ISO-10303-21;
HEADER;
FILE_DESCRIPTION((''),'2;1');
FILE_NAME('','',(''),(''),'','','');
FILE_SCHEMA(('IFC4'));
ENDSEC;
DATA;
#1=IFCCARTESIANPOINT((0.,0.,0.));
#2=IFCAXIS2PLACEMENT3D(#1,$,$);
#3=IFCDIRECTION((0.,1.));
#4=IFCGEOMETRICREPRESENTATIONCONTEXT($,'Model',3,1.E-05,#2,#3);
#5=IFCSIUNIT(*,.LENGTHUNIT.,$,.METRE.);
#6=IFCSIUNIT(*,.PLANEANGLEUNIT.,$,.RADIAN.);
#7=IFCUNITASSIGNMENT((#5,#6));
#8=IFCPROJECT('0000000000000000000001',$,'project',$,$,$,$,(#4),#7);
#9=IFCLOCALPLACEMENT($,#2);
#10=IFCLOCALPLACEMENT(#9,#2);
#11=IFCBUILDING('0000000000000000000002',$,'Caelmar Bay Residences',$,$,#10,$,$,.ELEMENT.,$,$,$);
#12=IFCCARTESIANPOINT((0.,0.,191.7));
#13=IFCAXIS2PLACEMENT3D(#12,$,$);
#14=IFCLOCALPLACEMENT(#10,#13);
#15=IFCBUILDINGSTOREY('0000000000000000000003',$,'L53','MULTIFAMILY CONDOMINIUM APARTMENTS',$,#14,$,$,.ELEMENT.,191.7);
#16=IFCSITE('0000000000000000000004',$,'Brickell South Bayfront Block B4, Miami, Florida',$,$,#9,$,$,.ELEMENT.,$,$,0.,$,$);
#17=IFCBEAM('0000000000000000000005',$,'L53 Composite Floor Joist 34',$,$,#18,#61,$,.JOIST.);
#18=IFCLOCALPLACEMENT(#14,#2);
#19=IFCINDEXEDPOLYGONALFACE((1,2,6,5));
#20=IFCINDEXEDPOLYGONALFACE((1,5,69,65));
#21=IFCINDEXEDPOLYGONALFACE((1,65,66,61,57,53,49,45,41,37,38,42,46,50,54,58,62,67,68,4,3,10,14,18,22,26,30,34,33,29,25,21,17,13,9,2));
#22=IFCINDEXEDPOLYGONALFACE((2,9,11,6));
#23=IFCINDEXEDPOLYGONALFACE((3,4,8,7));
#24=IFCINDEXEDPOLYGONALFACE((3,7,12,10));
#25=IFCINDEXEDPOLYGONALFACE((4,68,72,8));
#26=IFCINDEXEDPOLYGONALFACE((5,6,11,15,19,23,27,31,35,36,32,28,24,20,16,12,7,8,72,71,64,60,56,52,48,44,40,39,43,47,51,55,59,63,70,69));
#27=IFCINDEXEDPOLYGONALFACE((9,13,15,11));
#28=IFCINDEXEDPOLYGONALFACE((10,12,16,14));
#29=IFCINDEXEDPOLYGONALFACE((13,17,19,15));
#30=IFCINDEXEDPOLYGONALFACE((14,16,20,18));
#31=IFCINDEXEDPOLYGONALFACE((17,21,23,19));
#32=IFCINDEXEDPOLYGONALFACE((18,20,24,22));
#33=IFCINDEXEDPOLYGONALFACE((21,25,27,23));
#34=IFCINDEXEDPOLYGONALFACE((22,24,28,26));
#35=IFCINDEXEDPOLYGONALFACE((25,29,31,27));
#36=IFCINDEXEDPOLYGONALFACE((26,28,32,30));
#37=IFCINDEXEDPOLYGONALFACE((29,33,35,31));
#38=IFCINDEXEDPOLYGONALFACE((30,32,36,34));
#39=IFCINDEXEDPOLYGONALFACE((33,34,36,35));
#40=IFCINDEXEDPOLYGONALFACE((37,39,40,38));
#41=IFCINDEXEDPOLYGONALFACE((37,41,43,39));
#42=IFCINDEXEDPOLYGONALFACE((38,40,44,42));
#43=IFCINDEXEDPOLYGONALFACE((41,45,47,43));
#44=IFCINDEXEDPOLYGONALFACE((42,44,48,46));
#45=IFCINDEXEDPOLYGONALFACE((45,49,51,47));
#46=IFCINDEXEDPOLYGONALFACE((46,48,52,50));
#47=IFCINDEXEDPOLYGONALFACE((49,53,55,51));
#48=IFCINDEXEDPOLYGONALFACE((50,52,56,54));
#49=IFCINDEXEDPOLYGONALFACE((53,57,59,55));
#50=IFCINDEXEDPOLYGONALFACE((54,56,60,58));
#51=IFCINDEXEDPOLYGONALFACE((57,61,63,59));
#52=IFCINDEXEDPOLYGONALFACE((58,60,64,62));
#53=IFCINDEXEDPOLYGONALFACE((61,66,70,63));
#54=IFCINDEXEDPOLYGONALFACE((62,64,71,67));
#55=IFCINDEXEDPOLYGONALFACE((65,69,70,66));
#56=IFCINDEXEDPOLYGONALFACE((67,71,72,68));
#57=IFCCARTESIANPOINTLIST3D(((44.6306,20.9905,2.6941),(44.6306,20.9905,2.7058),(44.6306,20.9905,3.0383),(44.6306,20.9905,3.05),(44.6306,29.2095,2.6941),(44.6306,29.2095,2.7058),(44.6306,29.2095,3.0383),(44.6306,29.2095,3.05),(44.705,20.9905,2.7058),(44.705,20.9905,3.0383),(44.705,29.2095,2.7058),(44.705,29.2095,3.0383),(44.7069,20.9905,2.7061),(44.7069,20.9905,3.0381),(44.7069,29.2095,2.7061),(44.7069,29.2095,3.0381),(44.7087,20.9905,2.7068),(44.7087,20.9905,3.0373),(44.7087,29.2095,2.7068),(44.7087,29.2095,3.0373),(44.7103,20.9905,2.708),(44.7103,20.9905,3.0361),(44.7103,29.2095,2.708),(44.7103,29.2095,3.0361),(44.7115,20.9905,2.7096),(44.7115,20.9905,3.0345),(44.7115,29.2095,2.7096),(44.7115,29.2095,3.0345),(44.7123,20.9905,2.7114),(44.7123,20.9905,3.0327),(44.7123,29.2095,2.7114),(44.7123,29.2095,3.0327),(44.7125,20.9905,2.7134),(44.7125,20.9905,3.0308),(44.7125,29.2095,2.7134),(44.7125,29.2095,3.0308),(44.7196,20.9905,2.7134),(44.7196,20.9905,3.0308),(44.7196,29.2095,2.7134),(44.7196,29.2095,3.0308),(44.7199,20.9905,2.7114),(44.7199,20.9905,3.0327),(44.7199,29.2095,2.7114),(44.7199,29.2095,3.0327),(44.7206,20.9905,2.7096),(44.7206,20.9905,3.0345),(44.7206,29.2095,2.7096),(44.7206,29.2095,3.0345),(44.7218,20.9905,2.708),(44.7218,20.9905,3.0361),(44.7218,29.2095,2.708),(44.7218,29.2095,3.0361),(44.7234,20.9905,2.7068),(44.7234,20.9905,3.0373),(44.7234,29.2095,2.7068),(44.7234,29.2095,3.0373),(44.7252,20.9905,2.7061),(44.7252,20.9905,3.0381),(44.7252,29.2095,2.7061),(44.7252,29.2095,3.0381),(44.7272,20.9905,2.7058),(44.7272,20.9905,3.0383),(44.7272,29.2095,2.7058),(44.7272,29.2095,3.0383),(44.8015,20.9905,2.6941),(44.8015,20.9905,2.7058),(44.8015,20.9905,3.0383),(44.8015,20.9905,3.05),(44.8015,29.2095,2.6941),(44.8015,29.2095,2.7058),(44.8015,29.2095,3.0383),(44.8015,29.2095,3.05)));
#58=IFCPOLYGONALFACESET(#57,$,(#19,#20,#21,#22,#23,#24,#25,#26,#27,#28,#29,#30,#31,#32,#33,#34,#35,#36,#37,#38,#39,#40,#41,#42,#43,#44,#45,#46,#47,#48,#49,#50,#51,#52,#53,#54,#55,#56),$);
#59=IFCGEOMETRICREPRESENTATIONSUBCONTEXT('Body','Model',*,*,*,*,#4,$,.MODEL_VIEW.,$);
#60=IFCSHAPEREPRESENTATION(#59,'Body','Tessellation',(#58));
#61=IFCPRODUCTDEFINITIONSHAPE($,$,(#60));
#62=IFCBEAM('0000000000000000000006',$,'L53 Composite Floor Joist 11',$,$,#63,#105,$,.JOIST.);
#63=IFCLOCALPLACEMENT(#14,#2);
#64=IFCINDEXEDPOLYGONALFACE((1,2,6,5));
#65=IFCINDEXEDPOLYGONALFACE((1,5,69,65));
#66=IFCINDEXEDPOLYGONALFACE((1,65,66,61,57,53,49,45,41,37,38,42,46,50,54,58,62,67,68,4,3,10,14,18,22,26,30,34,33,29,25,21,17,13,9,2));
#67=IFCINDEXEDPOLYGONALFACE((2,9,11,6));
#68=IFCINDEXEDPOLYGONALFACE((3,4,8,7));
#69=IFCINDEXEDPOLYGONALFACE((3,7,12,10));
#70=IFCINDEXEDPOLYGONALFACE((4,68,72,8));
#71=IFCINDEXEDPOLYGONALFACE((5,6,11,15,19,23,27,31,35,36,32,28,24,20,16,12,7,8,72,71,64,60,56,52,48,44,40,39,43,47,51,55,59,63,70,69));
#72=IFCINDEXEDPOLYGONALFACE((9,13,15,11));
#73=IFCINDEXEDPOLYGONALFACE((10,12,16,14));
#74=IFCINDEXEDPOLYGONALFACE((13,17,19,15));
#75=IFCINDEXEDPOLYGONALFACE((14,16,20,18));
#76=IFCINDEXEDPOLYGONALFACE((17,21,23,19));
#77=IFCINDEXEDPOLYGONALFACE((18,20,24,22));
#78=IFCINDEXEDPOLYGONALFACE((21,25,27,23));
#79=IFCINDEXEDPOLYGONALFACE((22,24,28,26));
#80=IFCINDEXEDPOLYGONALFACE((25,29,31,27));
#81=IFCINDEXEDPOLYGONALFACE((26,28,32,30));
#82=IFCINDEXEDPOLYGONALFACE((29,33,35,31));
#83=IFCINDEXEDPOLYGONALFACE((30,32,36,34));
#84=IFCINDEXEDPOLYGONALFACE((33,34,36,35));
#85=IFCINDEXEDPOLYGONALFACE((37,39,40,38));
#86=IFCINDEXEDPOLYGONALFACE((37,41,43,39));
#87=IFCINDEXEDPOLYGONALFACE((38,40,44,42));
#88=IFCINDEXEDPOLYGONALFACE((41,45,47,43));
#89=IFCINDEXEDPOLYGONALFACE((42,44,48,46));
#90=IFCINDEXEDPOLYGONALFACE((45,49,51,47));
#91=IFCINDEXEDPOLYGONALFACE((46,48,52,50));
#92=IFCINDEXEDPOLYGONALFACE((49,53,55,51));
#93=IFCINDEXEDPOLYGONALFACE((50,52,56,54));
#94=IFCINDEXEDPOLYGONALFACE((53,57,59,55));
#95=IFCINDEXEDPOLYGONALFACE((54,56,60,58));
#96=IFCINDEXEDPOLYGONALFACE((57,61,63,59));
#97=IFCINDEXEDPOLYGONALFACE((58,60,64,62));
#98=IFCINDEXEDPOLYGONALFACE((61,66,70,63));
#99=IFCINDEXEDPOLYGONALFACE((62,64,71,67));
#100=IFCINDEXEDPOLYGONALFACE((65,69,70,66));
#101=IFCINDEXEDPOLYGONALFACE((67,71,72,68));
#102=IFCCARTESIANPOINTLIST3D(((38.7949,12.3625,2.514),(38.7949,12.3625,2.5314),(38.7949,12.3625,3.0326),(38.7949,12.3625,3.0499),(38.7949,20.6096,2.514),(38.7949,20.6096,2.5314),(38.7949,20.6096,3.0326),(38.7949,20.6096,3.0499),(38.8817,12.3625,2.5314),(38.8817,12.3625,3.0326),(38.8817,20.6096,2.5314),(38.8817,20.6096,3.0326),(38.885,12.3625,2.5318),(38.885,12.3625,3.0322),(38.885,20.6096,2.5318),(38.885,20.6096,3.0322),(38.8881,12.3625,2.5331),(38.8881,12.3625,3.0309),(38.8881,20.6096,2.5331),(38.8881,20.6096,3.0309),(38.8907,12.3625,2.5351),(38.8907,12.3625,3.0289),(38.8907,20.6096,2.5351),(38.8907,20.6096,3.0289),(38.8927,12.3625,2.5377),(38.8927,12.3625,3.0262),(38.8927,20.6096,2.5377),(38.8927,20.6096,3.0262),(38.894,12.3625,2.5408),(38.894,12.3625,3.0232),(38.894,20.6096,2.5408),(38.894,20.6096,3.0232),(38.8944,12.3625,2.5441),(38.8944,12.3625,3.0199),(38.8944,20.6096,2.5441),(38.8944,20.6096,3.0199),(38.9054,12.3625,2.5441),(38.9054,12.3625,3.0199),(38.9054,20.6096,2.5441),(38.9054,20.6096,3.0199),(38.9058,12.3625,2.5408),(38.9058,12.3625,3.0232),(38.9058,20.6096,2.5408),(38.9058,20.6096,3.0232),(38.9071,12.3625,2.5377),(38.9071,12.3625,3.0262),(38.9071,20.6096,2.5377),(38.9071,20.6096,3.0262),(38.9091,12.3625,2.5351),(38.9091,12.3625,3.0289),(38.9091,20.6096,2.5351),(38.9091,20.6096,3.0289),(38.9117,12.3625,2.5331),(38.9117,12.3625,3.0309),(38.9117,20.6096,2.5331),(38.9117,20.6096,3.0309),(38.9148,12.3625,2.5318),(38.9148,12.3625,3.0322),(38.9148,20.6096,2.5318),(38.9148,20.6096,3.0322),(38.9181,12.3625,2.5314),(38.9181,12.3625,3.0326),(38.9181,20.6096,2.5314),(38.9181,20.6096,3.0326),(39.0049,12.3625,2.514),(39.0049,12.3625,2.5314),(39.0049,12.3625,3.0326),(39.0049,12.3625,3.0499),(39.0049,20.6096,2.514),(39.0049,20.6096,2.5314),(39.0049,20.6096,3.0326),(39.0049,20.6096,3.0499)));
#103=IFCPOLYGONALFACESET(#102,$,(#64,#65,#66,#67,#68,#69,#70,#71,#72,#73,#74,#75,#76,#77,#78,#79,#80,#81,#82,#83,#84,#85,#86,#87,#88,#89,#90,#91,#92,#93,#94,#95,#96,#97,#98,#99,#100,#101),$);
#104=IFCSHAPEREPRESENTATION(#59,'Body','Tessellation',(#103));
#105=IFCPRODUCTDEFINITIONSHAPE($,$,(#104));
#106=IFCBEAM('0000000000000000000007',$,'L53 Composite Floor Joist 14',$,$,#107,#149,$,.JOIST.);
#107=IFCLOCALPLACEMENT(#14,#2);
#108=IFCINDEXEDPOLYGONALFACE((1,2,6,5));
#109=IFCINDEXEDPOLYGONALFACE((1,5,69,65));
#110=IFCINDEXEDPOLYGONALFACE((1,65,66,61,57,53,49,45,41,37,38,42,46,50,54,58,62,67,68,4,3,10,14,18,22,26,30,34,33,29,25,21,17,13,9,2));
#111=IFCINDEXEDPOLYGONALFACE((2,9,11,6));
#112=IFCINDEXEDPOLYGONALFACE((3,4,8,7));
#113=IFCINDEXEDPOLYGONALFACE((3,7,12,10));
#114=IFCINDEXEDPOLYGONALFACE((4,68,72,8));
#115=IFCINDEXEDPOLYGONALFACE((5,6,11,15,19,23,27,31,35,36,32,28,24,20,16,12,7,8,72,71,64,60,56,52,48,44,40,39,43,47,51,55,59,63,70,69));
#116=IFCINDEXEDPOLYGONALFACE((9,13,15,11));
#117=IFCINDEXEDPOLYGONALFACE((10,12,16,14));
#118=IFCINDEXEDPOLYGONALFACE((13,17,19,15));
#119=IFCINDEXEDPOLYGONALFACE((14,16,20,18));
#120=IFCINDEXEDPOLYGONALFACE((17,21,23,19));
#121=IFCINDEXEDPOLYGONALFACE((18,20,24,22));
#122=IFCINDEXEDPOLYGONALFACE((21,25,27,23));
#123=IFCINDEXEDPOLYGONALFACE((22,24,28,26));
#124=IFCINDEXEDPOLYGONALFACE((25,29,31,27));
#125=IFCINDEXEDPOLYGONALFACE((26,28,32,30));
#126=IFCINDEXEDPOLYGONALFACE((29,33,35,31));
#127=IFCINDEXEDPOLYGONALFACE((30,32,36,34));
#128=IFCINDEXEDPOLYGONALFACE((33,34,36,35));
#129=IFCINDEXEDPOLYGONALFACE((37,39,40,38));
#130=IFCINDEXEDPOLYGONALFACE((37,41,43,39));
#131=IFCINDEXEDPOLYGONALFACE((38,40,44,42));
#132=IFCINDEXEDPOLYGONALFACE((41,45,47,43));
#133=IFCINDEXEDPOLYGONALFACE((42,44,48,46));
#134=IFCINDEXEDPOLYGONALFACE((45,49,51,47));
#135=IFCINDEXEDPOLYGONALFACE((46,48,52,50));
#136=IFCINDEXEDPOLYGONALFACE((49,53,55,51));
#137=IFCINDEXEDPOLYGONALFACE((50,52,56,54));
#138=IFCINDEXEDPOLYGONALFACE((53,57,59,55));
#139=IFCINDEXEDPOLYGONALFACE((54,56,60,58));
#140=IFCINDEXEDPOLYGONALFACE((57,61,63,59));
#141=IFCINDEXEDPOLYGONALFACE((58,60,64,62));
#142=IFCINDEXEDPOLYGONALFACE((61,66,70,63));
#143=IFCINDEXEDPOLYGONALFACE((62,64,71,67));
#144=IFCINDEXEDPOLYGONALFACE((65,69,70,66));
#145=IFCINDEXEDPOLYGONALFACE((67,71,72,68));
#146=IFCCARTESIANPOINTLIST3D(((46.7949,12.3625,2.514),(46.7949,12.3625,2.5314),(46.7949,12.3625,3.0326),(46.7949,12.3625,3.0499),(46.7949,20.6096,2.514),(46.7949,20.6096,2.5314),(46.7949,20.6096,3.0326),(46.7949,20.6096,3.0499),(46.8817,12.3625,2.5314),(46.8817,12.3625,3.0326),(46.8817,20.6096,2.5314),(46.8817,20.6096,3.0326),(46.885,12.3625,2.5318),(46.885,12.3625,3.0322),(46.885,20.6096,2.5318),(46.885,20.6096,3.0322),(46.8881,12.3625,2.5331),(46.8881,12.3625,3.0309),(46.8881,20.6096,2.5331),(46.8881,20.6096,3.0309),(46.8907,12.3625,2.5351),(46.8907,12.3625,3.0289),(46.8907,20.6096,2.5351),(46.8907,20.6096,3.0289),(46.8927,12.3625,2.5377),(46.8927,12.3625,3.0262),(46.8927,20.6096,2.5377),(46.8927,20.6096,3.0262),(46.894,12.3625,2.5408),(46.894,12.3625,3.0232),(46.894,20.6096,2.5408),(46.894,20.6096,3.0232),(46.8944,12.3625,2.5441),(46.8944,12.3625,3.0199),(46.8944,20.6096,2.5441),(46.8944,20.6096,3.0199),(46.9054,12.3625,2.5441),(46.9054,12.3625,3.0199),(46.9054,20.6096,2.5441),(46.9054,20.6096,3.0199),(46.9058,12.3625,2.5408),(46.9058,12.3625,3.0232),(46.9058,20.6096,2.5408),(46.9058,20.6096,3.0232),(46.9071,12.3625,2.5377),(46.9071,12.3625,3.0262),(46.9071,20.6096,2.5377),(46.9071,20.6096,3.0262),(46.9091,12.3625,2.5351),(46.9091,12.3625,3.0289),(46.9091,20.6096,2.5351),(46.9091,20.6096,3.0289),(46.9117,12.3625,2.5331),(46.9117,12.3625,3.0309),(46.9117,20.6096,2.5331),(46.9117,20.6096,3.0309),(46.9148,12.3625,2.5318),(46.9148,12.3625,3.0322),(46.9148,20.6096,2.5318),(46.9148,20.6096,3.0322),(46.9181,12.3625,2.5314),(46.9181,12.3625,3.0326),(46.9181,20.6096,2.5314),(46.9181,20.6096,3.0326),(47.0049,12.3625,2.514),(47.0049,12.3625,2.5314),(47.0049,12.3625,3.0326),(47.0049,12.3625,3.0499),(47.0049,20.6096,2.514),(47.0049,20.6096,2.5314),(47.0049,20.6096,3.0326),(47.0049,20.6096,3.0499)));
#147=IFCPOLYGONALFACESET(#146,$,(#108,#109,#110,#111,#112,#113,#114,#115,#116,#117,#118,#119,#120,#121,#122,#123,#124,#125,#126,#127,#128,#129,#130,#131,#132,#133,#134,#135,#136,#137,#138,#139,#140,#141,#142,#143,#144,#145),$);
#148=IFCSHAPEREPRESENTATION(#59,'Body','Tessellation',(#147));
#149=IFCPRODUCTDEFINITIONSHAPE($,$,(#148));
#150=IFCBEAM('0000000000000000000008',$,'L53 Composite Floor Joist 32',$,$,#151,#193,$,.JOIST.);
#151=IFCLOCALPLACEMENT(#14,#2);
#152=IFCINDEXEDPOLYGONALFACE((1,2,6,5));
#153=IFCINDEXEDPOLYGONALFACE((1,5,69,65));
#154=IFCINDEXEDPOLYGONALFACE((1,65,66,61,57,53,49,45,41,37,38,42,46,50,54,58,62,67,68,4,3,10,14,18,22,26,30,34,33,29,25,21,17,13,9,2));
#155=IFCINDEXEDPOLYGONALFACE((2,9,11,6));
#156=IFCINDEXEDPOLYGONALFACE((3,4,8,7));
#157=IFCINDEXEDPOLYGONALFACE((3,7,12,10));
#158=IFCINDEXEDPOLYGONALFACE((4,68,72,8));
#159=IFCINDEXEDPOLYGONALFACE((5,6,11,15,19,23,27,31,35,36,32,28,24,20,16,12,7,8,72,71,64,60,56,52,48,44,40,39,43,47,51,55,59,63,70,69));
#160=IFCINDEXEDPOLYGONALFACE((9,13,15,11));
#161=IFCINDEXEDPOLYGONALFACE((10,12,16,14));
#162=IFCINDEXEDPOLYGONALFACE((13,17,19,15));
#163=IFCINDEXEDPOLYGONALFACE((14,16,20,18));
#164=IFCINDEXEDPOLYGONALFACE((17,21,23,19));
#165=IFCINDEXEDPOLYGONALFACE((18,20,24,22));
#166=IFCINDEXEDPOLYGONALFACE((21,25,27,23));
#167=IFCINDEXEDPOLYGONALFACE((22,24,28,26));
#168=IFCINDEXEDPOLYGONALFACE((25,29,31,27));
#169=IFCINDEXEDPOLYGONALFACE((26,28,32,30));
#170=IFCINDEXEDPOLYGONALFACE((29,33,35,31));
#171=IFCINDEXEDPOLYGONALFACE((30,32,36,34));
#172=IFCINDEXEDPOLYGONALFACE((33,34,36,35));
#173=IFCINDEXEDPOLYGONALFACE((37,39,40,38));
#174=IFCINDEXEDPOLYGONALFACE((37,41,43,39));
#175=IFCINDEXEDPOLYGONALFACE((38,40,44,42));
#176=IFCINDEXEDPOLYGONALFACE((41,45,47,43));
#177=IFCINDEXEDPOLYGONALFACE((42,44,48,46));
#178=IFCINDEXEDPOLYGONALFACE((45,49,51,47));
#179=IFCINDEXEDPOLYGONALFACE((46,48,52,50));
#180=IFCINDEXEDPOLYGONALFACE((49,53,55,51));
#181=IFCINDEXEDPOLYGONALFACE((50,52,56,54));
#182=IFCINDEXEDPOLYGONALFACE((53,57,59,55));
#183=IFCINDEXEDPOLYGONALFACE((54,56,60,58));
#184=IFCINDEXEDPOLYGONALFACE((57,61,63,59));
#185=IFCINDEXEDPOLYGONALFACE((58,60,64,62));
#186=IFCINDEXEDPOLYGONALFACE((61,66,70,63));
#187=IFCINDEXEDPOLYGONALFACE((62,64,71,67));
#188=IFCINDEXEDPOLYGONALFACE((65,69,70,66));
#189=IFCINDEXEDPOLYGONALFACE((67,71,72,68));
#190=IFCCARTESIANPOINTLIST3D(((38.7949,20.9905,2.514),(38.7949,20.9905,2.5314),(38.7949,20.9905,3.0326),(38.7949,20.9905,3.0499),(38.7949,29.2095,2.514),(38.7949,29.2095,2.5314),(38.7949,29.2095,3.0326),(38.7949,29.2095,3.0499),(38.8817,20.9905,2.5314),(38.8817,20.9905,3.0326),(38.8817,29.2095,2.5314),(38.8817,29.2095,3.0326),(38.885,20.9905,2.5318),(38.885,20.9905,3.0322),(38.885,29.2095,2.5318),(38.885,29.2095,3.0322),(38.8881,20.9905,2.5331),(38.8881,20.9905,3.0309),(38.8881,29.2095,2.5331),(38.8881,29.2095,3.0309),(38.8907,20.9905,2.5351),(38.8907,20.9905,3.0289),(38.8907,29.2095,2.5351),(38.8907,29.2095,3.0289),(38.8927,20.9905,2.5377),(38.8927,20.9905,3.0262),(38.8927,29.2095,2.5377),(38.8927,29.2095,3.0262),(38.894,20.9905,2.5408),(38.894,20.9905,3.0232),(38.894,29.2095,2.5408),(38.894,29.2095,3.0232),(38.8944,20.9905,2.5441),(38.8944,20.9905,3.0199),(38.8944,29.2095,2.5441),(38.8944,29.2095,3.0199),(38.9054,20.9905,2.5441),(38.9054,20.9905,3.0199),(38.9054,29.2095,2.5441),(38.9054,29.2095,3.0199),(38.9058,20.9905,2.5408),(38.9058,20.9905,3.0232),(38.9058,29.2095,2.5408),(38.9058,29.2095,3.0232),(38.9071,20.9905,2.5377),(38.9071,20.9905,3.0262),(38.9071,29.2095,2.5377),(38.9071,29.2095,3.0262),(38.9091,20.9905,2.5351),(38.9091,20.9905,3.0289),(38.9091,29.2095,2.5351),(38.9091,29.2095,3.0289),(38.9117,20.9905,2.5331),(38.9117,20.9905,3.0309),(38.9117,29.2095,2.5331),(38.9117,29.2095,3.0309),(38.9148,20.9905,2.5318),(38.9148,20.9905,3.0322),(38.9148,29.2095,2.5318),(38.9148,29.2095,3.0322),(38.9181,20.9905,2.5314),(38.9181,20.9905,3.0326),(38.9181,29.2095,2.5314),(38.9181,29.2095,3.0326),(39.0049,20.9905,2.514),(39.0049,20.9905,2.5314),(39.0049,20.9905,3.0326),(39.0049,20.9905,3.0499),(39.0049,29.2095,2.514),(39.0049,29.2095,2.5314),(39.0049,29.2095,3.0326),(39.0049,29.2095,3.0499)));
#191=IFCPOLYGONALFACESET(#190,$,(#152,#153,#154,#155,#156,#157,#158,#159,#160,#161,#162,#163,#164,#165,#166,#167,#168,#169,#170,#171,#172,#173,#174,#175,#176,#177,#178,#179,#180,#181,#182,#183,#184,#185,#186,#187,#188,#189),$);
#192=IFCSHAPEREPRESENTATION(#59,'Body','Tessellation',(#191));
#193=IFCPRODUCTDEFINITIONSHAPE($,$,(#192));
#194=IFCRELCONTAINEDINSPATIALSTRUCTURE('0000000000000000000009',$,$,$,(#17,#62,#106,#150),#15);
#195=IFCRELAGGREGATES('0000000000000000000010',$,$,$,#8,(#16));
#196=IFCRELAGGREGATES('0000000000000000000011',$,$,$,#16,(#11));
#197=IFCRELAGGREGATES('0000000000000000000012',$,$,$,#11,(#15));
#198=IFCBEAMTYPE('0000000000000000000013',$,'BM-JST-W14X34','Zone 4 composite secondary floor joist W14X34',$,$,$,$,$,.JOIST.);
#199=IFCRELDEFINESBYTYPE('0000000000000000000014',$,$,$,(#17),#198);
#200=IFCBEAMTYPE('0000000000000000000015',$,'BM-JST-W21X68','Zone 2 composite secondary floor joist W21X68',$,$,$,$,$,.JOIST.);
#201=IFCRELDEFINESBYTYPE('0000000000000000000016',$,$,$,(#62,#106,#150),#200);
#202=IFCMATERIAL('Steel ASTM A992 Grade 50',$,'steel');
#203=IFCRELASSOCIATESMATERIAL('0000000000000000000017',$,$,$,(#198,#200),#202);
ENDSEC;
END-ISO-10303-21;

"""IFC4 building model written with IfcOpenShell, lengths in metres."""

from ifc_helpers import new_model, si_unit, direction, frame, origin, origin_2d, place, context, subcontext, project, spatial, i_section, extrude, material, material_profile, profile_set, type_object, element, save


model = new_model("IFC4")

# Units and contexts
model_context = context("Model", 3, precision=1e-05, world=origin(), true_north=direction((0.0, 1.0)))
body_context = subcontext(model_context, "Body", "Model", "MODEL_VIEW")
ifc_project = project(units=[si_unit("LENGTHUNIT", "METRE"), si_unit("PLANEANGLEUNIT", "RADIAN")], contexts=[model_context])

# Site, building, storey
site_placement = place(None, origin())
site = spatial("IfcSite", under=ifc_project, at=site_placement, Name="Brickell South Bayfront Block B4, Miami, Florida", CompositionType="ELEMENT", RefElevation=0.0)
building_placement = place(site_placement, origin())
building = spatial("IfcBuilding", under=site, at=building_placement, Name="Caelmar Bay Residences", CompositionType="ELEMENT")
storey_placement = place(building_placement, frame((0.0, 0.0, 191.7)))
storey = spatial("IfcBuildingStorey", under=building, at=storey_placement, Name="L53", Description="MULTIFAMILY CONDOMINIUM APARTMENTS", CompositionType="ELEMENT", Elevation=191.7)

# Beams
ifc_material_1 = material(Name="Steel ASTM A992 Grade 50", Category="steel")
ifc_material_profile_1 = material_profile(ifc_material_1, i_section(OverallWidth=0.1709, OverallDepth=0.356, WebThickness=0.0071, FlangeThickness=0.0117, FilletRadius=0.0076, at=origin_2d()), Name="W14X34")
ifc_profile_set_1 = profile_set([ifc_material_profile_1], Name="Steel ASTM A992 Grade 50")
beam_type_1 = type_object("IfcBeamType", Name="BM-JST-W14X34", Description="Zone 4 composite secondary floor joist W14X34", PredefinedType="JOIST", material=ifc_profile_set_1)
for number, where, z_axis, x_axis, name in (
    (1, (44.7161, 20.9905, 2.8721), (0.0, 1.0, 0.0), (-1.0, 0.0, 0.0), "L53 Composite Floor Joist 34"),
):
    element("IfcBeam", number, at=place(storey_placement, frame(where, z_axis=z_axis, x_axis=x_axis)), inside=storey, type_object=beam_type_1, Name=name, PredefinedType="JOIST", context=body_context, shape_type="SweptSolid", body=[
        extrude(i_section(OverallWidth=0.1709, OverallDepth=0.356, WebThickness=0.0071, FlangeThickness=0.0117, FilletRadius=0.0076, at=origin_2d()), origin(), (0.0, 0.0, 1.0), 8.219),
    ])
ifc_material_profile_2 = material_profile(ifc_material_1, i_section(OverallWidth=0.21, OverallDepth=0.5359, WebThickness=0.011, FlangeThickness=0.0173, FilletRadius=0.0127, at=origin_2d()), Name="W21X68")
ifc_profile_set_2 = profile_set([ifc_material_profile_2], Name="Steel ASTM A992 Grade 50")
beam_type_2 = type_object("IfcBeamType", Name="BM-JST-W21X68", Description="Zone 2 composite secondary floor joist W21X68", PredefinedType="JOIST", material=ifc_profile_set_2)
for number, where, z_axis, x_axis, name in (
    (2, (38.8999, 12.3625, 2.782), (0.0, 1.0, 0.0), (-1.0, 0.0, 0.0), "L53 Composite Floor Joist 11"),
    (3, (46.8999, 12.3625, 2.782), (0.0, 1.0, 0.0), (-1.0, 0.0, 0.0), "L53 Composite Floor Joist 14"),
):
    element("IfcBeam", number, at=place(storey_placement, frame(where, z_axis=z_axis, x_axis=x_axis)), inside=storey, type_object=beam_type_2, Name=name, PredefinedType="JOIST", context=body_context, shape_type="SweptSolid", body=[
        extrude(i_section(OverallWidth=0.21, OverallDepth=0.5359, WebThickness=0.011, FlangeThickness=0.0173, FilletRadius=0.0127, at=origin_2d()), origin(), (0.0, 0.0, 1.0), 8.2471),
    ])
for number, where, z_axis, x_axis, name in (
    (4, (38.8999, 20.9905, 2.782), (0.0, 1.0, 0.0), (-1.0, 0.0, 0.0), "L53 Composite Floor Joist 32"),
):
    element("IfcBeam", number, at=place(storey_placement, frame(where, z_axis=z_axis, x_axis=x_axis)), inside=storey, type_object=beam_type_2, Name=name, PredefinedType="JOIST", context=body_context, shape_type="SweptSolid", body=[
        extrude(i_section(OverallWidth=0.21, OverallDepth=0.5359, WebThickness=0.011, FlangeThickness=0.0173, FilletRadius=0.0127, at=origin_2d()), origin(), (0.0, 0.0, 1.0), 8.219),
    ])

save(model, "model.ifc")
